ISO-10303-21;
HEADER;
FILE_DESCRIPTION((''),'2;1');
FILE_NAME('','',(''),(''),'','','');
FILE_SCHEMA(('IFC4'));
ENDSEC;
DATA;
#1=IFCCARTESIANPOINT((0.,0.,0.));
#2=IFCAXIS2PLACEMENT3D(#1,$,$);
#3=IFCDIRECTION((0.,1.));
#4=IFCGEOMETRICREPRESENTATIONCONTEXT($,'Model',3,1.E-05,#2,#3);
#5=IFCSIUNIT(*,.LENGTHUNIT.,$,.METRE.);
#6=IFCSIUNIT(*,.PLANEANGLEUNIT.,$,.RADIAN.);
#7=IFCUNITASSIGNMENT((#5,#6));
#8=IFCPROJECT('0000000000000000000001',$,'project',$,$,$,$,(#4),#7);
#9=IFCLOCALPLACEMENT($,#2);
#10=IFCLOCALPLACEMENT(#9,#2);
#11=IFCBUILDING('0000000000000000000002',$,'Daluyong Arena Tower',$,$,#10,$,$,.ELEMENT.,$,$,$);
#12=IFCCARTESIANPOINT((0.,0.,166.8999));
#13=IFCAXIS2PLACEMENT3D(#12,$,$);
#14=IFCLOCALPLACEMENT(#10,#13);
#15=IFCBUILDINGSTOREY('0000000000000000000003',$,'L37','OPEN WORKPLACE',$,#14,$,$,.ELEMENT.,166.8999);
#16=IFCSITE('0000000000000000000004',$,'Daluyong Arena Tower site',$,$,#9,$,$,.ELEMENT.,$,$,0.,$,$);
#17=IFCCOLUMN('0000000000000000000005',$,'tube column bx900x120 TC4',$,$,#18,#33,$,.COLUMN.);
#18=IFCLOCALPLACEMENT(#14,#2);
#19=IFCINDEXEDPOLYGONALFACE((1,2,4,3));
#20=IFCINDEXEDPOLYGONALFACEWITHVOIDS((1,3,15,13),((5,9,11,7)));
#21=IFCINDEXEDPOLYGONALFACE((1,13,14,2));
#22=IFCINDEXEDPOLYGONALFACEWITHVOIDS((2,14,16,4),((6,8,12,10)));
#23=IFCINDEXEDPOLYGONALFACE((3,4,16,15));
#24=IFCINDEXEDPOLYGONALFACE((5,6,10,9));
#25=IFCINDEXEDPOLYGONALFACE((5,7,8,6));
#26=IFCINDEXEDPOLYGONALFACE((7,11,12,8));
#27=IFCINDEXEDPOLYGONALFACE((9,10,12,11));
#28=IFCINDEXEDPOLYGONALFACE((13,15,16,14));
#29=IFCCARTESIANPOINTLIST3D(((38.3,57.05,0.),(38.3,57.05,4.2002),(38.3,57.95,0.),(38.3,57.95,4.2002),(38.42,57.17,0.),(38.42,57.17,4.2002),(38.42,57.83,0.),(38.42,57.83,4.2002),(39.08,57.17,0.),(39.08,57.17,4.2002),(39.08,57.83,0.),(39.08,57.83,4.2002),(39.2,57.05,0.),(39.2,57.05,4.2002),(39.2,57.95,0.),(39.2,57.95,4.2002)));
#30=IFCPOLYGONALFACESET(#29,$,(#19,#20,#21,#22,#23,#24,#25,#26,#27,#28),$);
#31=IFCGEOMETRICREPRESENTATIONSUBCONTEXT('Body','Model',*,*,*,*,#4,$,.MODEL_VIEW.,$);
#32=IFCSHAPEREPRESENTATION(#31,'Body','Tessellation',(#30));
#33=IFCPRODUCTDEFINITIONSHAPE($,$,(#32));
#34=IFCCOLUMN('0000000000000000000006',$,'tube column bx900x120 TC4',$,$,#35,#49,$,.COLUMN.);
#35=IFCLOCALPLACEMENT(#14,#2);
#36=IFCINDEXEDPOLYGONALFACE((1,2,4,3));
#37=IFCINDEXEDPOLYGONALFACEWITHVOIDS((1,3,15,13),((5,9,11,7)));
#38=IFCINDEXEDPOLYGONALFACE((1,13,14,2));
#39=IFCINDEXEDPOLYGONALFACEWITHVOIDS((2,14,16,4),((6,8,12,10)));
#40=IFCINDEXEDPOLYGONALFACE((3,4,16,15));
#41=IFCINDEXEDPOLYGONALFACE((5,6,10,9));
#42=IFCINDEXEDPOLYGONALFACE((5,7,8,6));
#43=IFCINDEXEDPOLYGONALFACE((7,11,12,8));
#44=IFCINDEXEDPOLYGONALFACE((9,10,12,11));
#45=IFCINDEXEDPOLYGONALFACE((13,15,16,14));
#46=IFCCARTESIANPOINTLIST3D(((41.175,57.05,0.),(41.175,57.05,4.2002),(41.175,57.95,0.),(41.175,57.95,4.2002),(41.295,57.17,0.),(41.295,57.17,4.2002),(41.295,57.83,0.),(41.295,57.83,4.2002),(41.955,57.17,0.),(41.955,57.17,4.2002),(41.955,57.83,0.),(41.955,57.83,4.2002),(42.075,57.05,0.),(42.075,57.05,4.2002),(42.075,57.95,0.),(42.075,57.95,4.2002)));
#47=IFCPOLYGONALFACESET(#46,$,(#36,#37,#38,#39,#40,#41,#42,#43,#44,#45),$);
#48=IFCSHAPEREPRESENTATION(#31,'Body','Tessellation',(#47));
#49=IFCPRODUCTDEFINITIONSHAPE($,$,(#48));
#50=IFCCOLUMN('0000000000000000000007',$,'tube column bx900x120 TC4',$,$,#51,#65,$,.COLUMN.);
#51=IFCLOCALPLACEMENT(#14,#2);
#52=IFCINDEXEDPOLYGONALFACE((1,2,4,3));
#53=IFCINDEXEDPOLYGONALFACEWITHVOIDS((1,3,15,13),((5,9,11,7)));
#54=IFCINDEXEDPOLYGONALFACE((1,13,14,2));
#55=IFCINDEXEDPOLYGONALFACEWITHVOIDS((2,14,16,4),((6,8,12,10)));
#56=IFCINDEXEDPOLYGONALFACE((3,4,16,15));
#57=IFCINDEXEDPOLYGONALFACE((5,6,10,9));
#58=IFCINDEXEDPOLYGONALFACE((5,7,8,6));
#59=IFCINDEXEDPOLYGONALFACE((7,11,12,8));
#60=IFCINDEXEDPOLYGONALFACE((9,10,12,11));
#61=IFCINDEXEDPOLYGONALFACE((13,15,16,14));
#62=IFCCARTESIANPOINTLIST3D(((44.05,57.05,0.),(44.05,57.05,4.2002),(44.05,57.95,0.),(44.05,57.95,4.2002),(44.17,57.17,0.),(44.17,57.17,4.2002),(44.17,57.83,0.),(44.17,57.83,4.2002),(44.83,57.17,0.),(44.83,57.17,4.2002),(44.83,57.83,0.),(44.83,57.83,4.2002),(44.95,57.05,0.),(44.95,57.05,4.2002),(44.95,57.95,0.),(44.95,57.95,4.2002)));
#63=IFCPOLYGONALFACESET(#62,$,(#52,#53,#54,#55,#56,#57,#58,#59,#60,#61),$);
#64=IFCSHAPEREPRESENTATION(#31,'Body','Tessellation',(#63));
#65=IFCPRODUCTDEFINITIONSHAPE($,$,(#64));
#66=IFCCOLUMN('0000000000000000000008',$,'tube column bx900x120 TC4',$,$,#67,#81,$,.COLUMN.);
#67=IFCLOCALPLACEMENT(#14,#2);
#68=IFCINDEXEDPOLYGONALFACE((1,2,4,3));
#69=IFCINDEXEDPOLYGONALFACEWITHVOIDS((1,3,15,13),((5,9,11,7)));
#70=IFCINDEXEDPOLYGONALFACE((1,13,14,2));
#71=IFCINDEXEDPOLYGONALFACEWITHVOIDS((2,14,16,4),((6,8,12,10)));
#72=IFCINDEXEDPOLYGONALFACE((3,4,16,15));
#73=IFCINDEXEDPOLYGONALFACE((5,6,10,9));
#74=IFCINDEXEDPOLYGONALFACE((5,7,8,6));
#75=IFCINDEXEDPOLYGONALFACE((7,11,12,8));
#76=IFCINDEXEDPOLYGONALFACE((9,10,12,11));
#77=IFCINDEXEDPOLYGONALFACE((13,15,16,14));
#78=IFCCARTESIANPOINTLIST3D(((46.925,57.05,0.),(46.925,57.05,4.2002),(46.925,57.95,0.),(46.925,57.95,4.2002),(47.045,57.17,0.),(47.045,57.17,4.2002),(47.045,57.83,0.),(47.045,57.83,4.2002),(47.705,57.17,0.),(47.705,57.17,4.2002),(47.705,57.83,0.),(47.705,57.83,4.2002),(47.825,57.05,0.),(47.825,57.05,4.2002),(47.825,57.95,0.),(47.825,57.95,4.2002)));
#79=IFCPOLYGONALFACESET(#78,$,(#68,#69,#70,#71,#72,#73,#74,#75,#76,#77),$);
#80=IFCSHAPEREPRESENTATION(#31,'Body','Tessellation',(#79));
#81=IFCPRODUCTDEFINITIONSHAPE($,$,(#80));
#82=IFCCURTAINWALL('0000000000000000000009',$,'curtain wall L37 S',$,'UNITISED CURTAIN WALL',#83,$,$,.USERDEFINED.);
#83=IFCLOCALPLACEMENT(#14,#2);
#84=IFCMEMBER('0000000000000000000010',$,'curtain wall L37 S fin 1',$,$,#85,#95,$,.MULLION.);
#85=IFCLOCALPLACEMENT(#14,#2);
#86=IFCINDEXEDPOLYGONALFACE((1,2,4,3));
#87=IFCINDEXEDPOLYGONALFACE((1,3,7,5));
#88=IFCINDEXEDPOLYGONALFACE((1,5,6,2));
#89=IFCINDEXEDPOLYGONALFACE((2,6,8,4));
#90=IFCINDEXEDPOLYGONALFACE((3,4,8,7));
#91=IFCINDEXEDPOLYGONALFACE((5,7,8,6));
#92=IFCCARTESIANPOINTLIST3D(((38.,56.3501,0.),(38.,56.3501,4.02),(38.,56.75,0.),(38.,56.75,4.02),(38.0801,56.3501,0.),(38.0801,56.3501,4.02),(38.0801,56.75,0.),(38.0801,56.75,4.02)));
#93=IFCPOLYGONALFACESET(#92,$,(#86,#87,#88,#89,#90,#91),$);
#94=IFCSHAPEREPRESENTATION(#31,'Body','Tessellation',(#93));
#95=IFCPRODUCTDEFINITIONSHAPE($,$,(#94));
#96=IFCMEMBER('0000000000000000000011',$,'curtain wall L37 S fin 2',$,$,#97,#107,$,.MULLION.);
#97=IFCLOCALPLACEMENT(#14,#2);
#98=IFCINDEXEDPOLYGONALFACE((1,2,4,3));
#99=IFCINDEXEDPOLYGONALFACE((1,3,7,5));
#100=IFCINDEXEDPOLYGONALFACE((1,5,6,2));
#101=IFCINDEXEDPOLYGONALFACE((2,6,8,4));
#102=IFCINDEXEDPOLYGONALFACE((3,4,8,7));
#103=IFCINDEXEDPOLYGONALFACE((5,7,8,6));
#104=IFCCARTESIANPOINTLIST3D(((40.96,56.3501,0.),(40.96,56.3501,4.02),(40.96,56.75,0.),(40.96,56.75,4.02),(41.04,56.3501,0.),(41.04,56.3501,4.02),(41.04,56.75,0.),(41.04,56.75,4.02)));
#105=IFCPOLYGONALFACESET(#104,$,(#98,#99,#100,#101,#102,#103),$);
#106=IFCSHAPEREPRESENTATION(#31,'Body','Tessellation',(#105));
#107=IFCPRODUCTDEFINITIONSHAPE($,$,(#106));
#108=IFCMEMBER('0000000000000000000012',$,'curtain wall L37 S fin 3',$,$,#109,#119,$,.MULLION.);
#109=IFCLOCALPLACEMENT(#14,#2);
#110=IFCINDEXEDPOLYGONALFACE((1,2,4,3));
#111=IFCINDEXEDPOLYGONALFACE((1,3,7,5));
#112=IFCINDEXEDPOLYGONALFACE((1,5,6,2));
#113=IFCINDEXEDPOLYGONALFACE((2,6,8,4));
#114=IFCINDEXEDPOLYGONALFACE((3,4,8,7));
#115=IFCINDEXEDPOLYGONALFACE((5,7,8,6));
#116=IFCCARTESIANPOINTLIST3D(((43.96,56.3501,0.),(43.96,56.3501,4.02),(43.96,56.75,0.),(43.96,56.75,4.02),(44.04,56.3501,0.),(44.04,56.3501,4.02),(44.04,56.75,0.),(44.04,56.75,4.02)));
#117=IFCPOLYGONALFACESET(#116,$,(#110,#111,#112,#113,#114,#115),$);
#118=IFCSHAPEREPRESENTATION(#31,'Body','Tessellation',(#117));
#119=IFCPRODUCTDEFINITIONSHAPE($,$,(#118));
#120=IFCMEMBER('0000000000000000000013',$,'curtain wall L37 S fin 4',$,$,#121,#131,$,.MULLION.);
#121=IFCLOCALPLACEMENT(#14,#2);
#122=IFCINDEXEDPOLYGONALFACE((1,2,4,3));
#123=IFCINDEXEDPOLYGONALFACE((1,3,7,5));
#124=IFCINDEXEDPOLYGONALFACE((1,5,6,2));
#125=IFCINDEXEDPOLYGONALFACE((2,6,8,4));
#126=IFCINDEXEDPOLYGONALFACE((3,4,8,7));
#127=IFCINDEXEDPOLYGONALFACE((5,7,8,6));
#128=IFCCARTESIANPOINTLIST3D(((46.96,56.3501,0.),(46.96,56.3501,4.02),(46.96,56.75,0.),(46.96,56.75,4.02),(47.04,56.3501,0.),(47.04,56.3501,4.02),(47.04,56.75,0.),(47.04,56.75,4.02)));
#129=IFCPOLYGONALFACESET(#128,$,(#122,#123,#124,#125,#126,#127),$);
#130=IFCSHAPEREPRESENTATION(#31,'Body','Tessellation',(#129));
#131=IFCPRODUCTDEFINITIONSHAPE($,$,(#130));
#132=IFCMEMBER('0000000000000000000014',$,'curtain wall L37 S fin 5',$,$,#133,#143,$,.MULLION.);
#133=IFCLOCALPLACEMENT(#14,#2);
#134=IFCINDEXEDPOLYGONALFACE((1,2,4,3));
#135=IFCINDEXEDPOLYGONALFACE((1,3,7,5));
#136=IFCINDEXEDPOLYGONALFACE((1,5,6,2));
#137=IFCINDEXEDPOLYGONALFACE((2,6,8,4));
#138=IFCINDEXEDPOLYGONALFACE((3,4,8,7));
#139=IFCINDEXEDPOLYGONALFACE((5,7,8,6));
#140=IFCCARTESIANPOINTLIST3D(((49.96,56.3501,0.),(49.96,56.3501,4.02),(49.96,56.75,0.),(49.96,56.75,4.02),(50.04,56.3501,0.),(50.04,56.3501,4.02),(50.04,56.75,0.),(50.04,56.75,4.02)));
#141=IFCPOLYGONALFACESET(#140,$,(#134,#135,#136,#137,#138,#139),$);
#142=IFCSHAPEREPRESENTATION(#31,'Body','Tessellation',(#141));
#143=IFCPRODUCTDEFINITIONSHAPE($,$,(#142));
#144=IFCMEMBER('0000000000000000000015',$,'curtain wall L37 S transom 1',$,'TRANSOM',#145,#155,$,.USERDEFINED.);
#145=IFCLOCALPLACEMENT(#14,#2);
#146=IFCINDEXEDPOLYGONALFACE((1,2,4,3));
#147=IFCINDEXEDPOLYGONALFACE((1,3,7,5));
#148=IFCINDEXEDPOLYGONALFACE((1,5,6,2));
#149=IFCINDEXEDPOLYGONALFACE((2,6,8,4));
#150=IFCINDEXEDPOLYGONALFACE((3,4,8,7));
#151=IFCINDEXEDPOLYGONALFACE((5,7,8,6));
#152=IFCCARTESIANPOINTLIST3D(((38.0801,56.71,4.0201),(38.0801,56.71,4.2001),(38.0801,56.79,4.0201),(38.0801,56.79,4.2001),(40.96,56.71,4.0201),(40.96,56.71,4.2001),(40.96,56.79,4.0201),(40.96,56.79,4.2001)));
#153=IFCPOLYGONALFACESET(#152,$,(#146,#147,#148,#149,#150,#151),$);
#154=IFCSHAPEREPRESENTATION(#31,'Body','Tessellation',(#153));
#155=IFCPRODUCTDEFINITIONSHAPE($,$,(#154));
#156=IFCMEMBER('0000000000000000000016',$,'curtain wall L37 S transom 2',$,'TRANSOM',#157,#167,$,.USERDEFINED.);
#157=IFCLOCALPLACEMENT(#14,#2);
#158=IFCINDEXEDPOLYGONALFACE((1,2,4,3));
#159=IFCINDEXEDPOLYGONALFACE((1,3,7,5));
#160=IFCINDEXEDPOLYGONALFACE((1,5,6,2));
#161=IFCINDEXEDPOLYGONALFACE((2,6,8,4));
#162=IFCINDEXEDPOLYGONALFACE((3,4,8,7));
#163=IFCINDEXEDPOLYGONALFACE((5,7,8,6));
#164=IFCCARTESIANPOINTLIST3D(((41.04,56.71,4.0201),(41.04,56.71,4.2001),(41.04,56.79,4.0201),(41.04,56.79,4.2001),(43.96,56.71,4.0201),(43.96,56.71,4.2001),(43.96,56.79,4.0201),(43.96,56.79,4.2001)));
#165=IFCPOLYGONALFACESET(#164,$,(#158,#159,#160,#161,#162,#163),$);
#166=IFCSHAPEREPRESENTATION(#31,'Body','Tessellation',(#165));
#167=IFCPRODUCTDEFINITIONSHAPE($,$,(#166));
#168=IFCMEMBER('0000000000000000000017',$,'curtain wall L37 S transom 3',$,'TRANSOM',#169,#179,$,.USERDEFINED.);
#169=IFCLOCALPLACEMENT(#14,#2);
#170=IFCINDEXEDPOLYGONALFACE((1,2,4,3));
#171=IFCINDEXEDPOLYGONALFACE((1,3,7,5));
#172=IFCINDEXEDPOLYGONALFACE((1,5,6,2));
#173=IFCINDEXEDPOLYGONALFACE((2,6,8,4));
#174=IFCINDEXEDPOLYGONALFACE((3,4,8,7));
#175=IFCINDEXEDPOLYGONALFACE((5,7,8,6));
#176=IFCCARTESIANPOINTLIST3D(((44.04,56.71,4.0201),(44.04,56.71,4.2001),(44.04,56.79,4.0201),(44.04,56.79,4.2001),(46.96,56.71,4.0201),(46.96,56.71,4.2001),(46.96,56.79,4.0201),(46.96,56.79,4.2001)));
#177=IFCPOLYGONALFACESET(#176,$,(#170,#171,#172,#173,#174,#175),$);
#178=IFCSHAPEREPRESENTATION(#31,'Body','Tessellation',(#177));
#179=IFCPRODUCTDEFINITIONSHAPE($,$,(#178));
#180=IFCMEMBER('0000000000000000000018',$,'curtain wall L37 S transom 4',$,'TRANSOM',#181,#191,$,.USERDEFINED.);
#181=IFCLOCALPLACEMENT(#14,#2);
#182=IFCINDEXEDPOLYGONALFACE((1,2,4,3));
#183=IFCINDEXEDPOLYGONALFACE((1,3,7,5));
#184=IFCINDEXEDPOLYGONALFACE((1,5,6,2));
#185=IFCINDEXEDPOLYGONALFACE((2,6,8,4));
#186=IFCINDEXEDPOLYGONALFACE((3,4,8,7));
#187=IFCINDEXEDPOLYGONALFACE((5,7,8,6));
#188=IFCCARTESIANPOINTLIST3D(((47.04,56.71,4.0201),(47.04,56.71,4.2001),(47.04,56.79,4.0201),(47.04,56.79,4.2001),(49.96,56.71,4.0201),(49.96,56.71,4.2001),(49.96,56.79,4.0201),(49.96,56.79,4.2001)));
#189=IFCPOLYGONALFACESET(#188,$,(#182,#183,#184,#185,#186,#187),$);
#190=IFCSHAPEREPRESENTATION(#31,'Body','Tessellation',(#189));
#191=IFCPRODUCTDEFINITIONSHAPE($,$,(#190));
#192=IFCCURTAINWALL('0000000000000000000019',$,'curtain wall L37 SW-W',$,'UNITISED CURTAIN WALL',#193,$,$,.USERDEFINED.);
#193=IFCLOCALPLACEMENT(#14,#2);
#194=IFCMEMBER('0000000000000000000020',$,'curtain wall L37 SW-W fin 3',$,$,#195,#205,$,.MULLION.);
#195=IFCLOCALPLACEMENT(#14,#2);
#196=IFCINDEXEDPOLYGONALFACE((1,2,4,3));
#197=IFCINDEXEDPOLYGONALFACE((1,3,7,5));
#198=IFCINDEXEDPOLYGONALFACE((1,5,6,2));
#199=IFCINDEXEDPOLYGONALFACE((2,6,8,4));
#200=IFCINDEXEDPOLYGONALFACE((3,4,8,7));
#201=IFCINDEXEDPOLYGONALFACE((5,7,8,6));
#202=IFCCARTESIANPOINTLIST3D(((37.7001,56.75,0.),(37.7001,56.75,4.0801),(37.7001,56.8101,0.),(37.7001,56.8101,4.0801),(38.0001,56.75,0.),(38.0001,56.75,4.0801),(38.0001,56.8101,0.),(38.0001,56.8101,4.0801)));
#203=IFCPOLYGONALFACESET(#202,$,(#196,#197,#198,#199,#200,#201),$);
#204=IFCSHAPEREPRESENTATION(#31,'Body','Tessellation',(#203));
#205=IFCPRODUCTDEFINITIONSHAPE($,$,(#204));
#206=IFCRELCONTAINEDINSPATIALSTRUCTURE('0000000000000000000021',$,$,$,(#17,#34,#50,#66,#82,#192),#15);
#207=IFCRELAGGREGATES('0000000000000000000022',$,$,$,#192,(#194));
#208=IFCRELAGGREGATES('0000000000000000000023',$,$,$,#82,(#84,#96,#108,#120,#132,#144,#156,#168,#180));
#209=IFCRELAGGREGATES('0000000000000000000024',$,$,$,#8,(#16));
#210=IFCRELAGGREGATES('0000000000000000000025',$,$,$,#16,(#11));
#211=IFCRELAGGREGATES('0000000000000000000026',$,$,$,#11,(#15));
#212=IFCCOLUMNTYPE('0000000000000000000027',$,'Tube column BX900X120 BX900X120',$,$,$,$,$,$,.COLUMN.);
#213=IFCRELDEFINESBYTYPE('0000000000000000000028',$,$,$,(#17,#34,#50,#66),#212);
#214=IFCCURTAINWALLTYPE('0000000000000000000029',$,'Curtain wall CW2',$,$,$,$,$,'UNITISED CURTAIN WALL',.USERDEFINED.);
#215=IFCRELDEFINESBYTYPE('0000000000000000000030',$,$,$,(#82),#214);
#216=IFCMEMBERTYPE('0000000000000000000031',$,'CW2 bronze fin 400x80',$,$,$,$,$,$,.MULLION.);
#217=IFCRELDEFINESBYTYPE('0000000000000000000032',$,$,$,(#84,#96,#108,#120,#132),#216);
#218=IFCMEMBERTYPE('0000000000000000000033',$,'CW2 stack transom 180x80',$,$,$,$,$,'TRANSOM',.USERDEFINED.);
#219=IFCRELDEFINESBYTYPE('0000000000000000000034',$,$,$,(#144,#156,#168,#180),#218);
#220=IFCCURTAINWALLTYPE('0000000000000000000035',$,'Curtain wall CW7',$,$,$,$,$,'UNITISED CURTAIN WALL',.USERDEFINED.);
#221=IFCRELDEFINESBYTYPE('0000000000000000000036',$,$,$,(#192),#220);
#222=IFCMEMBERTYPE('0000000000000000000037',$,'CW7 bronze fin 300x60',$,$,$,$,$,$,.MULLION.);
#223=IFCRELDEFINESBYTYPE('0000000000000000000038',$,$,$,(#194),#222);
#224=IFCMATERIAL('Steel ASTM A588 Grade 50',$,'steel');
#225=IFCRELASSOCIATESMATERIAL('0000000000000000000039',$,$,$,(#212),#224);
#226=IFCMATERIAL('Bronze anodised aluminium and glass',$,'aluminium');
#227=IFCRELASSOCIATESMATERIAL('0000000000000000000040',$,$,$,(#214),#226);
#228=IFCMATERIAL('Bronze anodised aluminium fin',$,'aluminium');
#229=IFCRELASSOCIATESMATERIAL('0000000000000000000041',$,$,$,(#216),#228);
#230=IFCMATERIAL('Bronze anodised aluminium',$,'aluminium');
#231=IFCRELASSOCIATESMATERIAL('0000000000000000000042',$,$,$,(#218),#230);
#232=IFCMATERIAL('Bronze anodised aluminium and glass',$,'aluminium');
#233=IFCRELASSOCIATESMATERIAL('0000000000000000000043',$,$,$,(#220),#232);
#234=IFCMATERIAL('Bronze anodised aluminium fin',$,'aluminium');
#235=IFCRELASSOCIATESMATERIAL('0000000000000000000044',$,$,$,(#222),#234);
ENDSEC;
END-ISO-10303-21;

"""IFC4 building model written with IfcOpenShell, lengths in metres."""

from ifc_helpers import new_model, si_unit, direction, frame, origin, origin_2d, place, context, subcontext, project, spatial, rectangle, hollow_rectangle, extrude, material, material_profile, profile_set, type_object, element, aggregate, save


model = new_model("IFC4")

# Units and contexts
model_context = context("Model", 3, precision=1e-05, world=origin(), true_north=direction((0.0, 1.0)))
body_context = subcontext(model_context, "Body", "Model", "MODEL_VIEW")
ifc_project = project(units=[si_unit("LENGTHUNIT", "METRE"), si_unit("PLANEANGLEUNIT", "RADIAN")], contexts=[model_context])

# Site, building, storey
site_placement = place(None, origin())
site = spatial("IfcSite", under=ifc_project, at=site_placement, Name="Daluyong Arena Tower site", CompositionType="ELEMENT", RefElevation=0.0)
building_placement = place(site_placement, origin())
building = spatial("IfcBuilding", under=site, at=building_placement, Name="Daluyong Arena Tower", CompositionType="ELEMENT")
storey_placement = place(building_placement, frame((0.0, 0.0, 166.8999)))
storey = spatial("IfcBuildingStorey", under=building, at=storey_placement, Name="L37", Description="OPEN WORKPLACE", CompositionType="ELEMENT", Elevation=166.8999)

# Columns
ifc_material_1 = material(Name="Steel ASTM A588 Grade 50", Category="steel")
ifc_material_profile_1 = material_profile(ifc_material_1, hollow_rectangle(XDim=0.8999, YDim=0.8999, WallThickness=0.12, at=origin_2d()))
ifc_profile_set_1 = profile_set([ifc_material_profile_1], Name="Steel ASTM A588 Grade 50")
column_type = type_object("IfcColumnType", Name="Tube column BX900X120 BX900X120", PredefinedType="COLUMN", material=ifc_profile_set_1)
for number, where, z_axis, x_axis, name in (
    (1, (38.75, 57.5, 0.0), (0.0, 0.0, 1.0), (1.0, 0.0, 0.0), "tube column bx900x120 TC4"),
    (2, (41.625, 57.5, 0.0), (0.0, 0.0, 1.0), (1.0, 0.0, 0.0), "tube column bx900x120 TC4"),
    (3, (44.5, 57.5, 0.0), (0.0, 0.0, 1.0), (1.0, 0.0, 0.0), "tube column bx900x120 TC4"),
    (4, (47.375, 57.5, 0.0), (0.0, 0.0, 1.0), (1.0, 0.0, 0.0), "tube column bx900x120 TC4"),
):
    element("IfcColumn", number, at=place(storey_placement, frame(where, z_axis=z_axis, x_axis=x_axis)), inside=storey, type_object=column_type, Name=name, PredefinedType="COLUMN", context=body_context, shape_type="SweptSolid", body=[
        extrude(hollow_rectangle(XDim=0.8999, YDim=0.8999, WallThickness=0.12, at=origin_2d()), origin(), (0.0, 0.0, 1.0), 4.2002),
    ])

# Curtain wall, members
ifc_material_2 = material(Name="Bronze anodised aluminium and glass", Category="aluminium")
curtain_wall_type_1 = type_object("IfcCurtainWallType", Name="Curtain wall CW2", ElementType="UNITISED CURTAIN WALL", PredefinedType="USERDEFINED", material=ifc_material_2)
curtain_wall_1_placement = place(storey_placement, origin())
curtain_wall_1 = element("IfcCurtainWall", 5, at=curtain_wall_1_placement, inside=storey, type_object=curtain_wall_type_1, Name="curtain wall L37 S", ObjectType="UNITISED CURTAIN WALL", PredefinedType="USERDEFINED")
ifc_material_3 = material(Name="Bronze anodised aluminium fin", Category="aluminium")
ifc_material_profile_2 = material_profile(ifc_material_3, rectangle(XDim=0.3999, YDim=0.0801, at=origin_2d()))
ifc_profile_set_2 = profile_set([ifc_material_profile_2], Name="Bronze anodised aluminium fin")
member_type_1 = type_object("IfcMemberType", Name="CW2 bronze fin 400x80", PredefinedType="MULLION", material=ifc_profile_set_2)
member_1_placement = place(storey_placement, frame((38.04, 56.55, 0.0), z_axis=(0.0, 0.0, 1.0), x_axis=(0.0, 1.0, 0.0)))
member_1 = element("IfcMember", 6, at=member_1_placement, type_object=member_type_1, Name="curtain wall L37 S fin 1", PredefinedType="MULLION", context=body_context, shape_type="SweptSolid", body=[
    extrude(rectangle(XDim=0.3999, YDim=0.0801, at=origin_2d()), origin(), (0.0, 0.0, 1.0), 4.02),
])
member_2_placement = place(storey_placement, frame((41.0, 56.55, 0.0), z_axis=(0.0, 0.0, 1.0), x_axis=(0.0, 1.0, 0.0)))
member_2 = element("IfcMember", 7, at=member_2_placement, type_object=member_type_1, Name="curtain wall L37 S fin 2", PredefinedType="MULLION", context=body_context, shape_type="SweptSolid", body=[
    extrude(rectangle(XDim=0.3999, YDim=0.0801, at=origin_2d()), origin(), (0.0, 0.0, 1.0), 4.02),
])
member_3_placement = place(storey_placement, frame((44.0, 56.55, 0.0), z_axis=(0.0, 0.0, 1.0), x_axis=(0.0, 1.0, 0.0)))
member_3 = element("IfcMember", 8, at=member_3_placement, type_object=member_type_1, Name="curtain wall L37 S fin 3", PredefinedType="MULLION", context=body_context, shape_type="SweptSolid", body=[
    extrude(rectangle(XDim=0.3999, YDim=0.0801, at=origin_2d()), origin(), (0.0, 0.0, 1.0), 4.02),
])
member_4_placement = place(storey_placement, frame((47.0, 56.55, 0.0), z_axis=(0.0, 0.0, 1.0), x_axis=(0.0, 1.0, 0.0)))
member_4 = element("IfcMember", 9, at=member_4_placement, type_object=member_type_1, Name="curtain wall L37 S fin 4", PredefinedType="MULLION", context=body_context, shape_type="SweptSolid", body=[
    extrude(rectangle(XDim=0.3999, YDim=0.0801, at=origin_2d()), origin(), (0.0, 0.0, 1.0), 4.02),
])
member_5_placement = place(storey_placement, frame((50.0, 56.55, 0.0), z_axis=(0.0, 0.0, 1.0), x_axis=(0.0, 1.0, 0.0)))
member_5 = element("IfcMember", 10, at=member_5_placement, type_object=member_type_1, Name="curtain wall L37 S fin 5", PredefinedType="MULLION", context=body_context, shape_type="SweptSolid", body=[
    extrude(rectangle(XDim=0.3999, YDim=0.0801, at=origin_2d()), origin(), (0.0, 0.0, 1.0), 4.02),
])
ifc_material_4 = material(Name="Bronze anodised aluminium", Category="aluminium")
ifc_material_profile_3 = material_profile(ifc_material_4, rectangle(XDim=0.0801, YDim=0.1799, at=origin_2d()))
ifc_profile_set_3 = profile_set([ifc_material_profile_3], Name="Bronze anodised aluminium")
member_type_2 = type_object("IfcMemberType", Name="CW2 stack transom 180x80", ElementType="TRANSOM", PredefinedType="USERDEFINED", material=ifc_profile_set_3)
member_6_placement = place(storey_placement, frame((38.0801, 56.75, 4.1101), z_axis=(1.0, 0.0, 0.0), x_axis=(0.0, 1.0, 0.0)))
member_6 = element("IfcMember", 11, at=member_6_placement, type_object=member_type_2, Name="curtain wall L37 S transom 1", ObjectType="TRANSOM", PredefinedType="USERDEFINED", context=body_context, shape_type="SweptSolid", body=[
    extrude(rectangle(XDim=0.0801, YDim=0.1799, at=origin_2d()), origin(), (0.0, 0.0, 1.0), 2.8799),
])
member_7_placement = place(storey_placement, frame((41.04, 56.75, 4.1101), z_axis=(1.0, 0.0, 0.0), x_axis=(0.0, 1.0, 0.0)))
member_7 = element("IfcMember", 12, at=member_7_placement, type_object=member_type_2, Name="curtain wall L37 S transom 2", ObjectType="TRANSOM", PredefinedType="USERDEFINED", context=body_context, shape_type="SweptSolid", body=[
    extrude(rectangle(XDim=0.0801, YDim=0.1799, at=origin_2d()), origin(), (0.0, 0.0, 1.0), 2.9199),
])
member_8_placement = place(storey_placement, frame((44.04, 56.75, 4.1101), z_axis=(1.0, 0.0, 0.0), x_axis=(0.0, 1.0, 0.0)))
member_8 = element("IfcMember", 13, at=member_8_placement, type_object=member_type_2, Name="curtain wall L37 S transom 3", ObjectType="TRANSOM", PredefinedType="USERDEFINED", context=body_context, shape_type="SweptSolid", body=[
    extrude(rectangle(XDim=0.0801, YDim=0.1799, at=origin_2d()), origin(), (0.0, 0.0, 1.0), 2.9199),
])
member_9_placement = place(storey_placement, frame((47.04, 56.75, 4.1101), z_axis=(1.0, 0.0, 0.0), x_axis=(0.0, 1.0, 0.0)))
member_9 = element("IfcMember", 14, at=member_9_placement, type_object=member_type_2, Name="curtain wall L37 S transom 4", ObjectType="TRANSOM", PredefinedType="USERDEFINED", context=body_context, shape_type="SweptSolid", body=[
    extrude(rectangle(XDim=0.0801, YDim=0.1799, at=origin_2d()), origin(), (0.0, 0.0, 1.0), 2.9199),
])

# Curtain wall, member
ifc_material_5 = material(Name="Bronze anodised aluminium and glass", Category="aluminium")
curtain_wall_type_2 = type_object("IfcCurtainWallType", Name="Curtain wall CW7", ElementType="UNITISED CURTAIN WALL", PredefinedType="USERDEFINED", material=ifc_material_5)
curtain_wall_2_placement = place(storey_placement, origin())
curtain_wall_2 = element("IfcCurtainWall", 15, at=curtain_wall_2_placement, inside=storey, type_object=curtain_wall_type_2, Name="curtain wall L37 SW-W", ObjectType="UNITISED CURTAIN WALL", PredefinedType="USERDEFINED")
ifc_material_6 = material(Name="Bronze anodised aluminium fin", Category="aluminium")
ifc_material_profile_4 = material_profile(ifc_material_6, rectangle(XDim=0.3, YDim=0.0601, at=origin_2d()))
ifc_profile_set_4 = profile_set([ifc_material_profile_4], Name="Bronze anodised aluminium fin")
member_type_3 = type_object("IfcMemberType", Name="CW7 bronze fin 300x60", PredefinedType="MULLION", material=ifc_profile_set_4)
member_10_placement = place(storey_placement, frame((37.8501, 56.78, 0.0), z_axis=(0.0, 0.0, 1.0), x_axis=(1.0, 0.0, 0.0)))
member_10 = element("IfcMember", 16, at=member_10_placement, type_object=member_type_3, Name="curtain wall L37 SW-W fin 3", PredefinedType="MULLION", context=body_context, shape_type="SweptSolid", body=[
    extrude(rectangle(XDim=0.3, YDim=0.0601, at=origin_2d()), origin(), (0.0, 0.0, 1.0), 4.0801),
])
aggregate(curtain_wall_2, [member_10])

aggregate(curtain_wall_1, [member_1, member_2, member_3, member_4, member_5, member_6, member_7, member_8, member_9])

save(model, "model.ifc")
